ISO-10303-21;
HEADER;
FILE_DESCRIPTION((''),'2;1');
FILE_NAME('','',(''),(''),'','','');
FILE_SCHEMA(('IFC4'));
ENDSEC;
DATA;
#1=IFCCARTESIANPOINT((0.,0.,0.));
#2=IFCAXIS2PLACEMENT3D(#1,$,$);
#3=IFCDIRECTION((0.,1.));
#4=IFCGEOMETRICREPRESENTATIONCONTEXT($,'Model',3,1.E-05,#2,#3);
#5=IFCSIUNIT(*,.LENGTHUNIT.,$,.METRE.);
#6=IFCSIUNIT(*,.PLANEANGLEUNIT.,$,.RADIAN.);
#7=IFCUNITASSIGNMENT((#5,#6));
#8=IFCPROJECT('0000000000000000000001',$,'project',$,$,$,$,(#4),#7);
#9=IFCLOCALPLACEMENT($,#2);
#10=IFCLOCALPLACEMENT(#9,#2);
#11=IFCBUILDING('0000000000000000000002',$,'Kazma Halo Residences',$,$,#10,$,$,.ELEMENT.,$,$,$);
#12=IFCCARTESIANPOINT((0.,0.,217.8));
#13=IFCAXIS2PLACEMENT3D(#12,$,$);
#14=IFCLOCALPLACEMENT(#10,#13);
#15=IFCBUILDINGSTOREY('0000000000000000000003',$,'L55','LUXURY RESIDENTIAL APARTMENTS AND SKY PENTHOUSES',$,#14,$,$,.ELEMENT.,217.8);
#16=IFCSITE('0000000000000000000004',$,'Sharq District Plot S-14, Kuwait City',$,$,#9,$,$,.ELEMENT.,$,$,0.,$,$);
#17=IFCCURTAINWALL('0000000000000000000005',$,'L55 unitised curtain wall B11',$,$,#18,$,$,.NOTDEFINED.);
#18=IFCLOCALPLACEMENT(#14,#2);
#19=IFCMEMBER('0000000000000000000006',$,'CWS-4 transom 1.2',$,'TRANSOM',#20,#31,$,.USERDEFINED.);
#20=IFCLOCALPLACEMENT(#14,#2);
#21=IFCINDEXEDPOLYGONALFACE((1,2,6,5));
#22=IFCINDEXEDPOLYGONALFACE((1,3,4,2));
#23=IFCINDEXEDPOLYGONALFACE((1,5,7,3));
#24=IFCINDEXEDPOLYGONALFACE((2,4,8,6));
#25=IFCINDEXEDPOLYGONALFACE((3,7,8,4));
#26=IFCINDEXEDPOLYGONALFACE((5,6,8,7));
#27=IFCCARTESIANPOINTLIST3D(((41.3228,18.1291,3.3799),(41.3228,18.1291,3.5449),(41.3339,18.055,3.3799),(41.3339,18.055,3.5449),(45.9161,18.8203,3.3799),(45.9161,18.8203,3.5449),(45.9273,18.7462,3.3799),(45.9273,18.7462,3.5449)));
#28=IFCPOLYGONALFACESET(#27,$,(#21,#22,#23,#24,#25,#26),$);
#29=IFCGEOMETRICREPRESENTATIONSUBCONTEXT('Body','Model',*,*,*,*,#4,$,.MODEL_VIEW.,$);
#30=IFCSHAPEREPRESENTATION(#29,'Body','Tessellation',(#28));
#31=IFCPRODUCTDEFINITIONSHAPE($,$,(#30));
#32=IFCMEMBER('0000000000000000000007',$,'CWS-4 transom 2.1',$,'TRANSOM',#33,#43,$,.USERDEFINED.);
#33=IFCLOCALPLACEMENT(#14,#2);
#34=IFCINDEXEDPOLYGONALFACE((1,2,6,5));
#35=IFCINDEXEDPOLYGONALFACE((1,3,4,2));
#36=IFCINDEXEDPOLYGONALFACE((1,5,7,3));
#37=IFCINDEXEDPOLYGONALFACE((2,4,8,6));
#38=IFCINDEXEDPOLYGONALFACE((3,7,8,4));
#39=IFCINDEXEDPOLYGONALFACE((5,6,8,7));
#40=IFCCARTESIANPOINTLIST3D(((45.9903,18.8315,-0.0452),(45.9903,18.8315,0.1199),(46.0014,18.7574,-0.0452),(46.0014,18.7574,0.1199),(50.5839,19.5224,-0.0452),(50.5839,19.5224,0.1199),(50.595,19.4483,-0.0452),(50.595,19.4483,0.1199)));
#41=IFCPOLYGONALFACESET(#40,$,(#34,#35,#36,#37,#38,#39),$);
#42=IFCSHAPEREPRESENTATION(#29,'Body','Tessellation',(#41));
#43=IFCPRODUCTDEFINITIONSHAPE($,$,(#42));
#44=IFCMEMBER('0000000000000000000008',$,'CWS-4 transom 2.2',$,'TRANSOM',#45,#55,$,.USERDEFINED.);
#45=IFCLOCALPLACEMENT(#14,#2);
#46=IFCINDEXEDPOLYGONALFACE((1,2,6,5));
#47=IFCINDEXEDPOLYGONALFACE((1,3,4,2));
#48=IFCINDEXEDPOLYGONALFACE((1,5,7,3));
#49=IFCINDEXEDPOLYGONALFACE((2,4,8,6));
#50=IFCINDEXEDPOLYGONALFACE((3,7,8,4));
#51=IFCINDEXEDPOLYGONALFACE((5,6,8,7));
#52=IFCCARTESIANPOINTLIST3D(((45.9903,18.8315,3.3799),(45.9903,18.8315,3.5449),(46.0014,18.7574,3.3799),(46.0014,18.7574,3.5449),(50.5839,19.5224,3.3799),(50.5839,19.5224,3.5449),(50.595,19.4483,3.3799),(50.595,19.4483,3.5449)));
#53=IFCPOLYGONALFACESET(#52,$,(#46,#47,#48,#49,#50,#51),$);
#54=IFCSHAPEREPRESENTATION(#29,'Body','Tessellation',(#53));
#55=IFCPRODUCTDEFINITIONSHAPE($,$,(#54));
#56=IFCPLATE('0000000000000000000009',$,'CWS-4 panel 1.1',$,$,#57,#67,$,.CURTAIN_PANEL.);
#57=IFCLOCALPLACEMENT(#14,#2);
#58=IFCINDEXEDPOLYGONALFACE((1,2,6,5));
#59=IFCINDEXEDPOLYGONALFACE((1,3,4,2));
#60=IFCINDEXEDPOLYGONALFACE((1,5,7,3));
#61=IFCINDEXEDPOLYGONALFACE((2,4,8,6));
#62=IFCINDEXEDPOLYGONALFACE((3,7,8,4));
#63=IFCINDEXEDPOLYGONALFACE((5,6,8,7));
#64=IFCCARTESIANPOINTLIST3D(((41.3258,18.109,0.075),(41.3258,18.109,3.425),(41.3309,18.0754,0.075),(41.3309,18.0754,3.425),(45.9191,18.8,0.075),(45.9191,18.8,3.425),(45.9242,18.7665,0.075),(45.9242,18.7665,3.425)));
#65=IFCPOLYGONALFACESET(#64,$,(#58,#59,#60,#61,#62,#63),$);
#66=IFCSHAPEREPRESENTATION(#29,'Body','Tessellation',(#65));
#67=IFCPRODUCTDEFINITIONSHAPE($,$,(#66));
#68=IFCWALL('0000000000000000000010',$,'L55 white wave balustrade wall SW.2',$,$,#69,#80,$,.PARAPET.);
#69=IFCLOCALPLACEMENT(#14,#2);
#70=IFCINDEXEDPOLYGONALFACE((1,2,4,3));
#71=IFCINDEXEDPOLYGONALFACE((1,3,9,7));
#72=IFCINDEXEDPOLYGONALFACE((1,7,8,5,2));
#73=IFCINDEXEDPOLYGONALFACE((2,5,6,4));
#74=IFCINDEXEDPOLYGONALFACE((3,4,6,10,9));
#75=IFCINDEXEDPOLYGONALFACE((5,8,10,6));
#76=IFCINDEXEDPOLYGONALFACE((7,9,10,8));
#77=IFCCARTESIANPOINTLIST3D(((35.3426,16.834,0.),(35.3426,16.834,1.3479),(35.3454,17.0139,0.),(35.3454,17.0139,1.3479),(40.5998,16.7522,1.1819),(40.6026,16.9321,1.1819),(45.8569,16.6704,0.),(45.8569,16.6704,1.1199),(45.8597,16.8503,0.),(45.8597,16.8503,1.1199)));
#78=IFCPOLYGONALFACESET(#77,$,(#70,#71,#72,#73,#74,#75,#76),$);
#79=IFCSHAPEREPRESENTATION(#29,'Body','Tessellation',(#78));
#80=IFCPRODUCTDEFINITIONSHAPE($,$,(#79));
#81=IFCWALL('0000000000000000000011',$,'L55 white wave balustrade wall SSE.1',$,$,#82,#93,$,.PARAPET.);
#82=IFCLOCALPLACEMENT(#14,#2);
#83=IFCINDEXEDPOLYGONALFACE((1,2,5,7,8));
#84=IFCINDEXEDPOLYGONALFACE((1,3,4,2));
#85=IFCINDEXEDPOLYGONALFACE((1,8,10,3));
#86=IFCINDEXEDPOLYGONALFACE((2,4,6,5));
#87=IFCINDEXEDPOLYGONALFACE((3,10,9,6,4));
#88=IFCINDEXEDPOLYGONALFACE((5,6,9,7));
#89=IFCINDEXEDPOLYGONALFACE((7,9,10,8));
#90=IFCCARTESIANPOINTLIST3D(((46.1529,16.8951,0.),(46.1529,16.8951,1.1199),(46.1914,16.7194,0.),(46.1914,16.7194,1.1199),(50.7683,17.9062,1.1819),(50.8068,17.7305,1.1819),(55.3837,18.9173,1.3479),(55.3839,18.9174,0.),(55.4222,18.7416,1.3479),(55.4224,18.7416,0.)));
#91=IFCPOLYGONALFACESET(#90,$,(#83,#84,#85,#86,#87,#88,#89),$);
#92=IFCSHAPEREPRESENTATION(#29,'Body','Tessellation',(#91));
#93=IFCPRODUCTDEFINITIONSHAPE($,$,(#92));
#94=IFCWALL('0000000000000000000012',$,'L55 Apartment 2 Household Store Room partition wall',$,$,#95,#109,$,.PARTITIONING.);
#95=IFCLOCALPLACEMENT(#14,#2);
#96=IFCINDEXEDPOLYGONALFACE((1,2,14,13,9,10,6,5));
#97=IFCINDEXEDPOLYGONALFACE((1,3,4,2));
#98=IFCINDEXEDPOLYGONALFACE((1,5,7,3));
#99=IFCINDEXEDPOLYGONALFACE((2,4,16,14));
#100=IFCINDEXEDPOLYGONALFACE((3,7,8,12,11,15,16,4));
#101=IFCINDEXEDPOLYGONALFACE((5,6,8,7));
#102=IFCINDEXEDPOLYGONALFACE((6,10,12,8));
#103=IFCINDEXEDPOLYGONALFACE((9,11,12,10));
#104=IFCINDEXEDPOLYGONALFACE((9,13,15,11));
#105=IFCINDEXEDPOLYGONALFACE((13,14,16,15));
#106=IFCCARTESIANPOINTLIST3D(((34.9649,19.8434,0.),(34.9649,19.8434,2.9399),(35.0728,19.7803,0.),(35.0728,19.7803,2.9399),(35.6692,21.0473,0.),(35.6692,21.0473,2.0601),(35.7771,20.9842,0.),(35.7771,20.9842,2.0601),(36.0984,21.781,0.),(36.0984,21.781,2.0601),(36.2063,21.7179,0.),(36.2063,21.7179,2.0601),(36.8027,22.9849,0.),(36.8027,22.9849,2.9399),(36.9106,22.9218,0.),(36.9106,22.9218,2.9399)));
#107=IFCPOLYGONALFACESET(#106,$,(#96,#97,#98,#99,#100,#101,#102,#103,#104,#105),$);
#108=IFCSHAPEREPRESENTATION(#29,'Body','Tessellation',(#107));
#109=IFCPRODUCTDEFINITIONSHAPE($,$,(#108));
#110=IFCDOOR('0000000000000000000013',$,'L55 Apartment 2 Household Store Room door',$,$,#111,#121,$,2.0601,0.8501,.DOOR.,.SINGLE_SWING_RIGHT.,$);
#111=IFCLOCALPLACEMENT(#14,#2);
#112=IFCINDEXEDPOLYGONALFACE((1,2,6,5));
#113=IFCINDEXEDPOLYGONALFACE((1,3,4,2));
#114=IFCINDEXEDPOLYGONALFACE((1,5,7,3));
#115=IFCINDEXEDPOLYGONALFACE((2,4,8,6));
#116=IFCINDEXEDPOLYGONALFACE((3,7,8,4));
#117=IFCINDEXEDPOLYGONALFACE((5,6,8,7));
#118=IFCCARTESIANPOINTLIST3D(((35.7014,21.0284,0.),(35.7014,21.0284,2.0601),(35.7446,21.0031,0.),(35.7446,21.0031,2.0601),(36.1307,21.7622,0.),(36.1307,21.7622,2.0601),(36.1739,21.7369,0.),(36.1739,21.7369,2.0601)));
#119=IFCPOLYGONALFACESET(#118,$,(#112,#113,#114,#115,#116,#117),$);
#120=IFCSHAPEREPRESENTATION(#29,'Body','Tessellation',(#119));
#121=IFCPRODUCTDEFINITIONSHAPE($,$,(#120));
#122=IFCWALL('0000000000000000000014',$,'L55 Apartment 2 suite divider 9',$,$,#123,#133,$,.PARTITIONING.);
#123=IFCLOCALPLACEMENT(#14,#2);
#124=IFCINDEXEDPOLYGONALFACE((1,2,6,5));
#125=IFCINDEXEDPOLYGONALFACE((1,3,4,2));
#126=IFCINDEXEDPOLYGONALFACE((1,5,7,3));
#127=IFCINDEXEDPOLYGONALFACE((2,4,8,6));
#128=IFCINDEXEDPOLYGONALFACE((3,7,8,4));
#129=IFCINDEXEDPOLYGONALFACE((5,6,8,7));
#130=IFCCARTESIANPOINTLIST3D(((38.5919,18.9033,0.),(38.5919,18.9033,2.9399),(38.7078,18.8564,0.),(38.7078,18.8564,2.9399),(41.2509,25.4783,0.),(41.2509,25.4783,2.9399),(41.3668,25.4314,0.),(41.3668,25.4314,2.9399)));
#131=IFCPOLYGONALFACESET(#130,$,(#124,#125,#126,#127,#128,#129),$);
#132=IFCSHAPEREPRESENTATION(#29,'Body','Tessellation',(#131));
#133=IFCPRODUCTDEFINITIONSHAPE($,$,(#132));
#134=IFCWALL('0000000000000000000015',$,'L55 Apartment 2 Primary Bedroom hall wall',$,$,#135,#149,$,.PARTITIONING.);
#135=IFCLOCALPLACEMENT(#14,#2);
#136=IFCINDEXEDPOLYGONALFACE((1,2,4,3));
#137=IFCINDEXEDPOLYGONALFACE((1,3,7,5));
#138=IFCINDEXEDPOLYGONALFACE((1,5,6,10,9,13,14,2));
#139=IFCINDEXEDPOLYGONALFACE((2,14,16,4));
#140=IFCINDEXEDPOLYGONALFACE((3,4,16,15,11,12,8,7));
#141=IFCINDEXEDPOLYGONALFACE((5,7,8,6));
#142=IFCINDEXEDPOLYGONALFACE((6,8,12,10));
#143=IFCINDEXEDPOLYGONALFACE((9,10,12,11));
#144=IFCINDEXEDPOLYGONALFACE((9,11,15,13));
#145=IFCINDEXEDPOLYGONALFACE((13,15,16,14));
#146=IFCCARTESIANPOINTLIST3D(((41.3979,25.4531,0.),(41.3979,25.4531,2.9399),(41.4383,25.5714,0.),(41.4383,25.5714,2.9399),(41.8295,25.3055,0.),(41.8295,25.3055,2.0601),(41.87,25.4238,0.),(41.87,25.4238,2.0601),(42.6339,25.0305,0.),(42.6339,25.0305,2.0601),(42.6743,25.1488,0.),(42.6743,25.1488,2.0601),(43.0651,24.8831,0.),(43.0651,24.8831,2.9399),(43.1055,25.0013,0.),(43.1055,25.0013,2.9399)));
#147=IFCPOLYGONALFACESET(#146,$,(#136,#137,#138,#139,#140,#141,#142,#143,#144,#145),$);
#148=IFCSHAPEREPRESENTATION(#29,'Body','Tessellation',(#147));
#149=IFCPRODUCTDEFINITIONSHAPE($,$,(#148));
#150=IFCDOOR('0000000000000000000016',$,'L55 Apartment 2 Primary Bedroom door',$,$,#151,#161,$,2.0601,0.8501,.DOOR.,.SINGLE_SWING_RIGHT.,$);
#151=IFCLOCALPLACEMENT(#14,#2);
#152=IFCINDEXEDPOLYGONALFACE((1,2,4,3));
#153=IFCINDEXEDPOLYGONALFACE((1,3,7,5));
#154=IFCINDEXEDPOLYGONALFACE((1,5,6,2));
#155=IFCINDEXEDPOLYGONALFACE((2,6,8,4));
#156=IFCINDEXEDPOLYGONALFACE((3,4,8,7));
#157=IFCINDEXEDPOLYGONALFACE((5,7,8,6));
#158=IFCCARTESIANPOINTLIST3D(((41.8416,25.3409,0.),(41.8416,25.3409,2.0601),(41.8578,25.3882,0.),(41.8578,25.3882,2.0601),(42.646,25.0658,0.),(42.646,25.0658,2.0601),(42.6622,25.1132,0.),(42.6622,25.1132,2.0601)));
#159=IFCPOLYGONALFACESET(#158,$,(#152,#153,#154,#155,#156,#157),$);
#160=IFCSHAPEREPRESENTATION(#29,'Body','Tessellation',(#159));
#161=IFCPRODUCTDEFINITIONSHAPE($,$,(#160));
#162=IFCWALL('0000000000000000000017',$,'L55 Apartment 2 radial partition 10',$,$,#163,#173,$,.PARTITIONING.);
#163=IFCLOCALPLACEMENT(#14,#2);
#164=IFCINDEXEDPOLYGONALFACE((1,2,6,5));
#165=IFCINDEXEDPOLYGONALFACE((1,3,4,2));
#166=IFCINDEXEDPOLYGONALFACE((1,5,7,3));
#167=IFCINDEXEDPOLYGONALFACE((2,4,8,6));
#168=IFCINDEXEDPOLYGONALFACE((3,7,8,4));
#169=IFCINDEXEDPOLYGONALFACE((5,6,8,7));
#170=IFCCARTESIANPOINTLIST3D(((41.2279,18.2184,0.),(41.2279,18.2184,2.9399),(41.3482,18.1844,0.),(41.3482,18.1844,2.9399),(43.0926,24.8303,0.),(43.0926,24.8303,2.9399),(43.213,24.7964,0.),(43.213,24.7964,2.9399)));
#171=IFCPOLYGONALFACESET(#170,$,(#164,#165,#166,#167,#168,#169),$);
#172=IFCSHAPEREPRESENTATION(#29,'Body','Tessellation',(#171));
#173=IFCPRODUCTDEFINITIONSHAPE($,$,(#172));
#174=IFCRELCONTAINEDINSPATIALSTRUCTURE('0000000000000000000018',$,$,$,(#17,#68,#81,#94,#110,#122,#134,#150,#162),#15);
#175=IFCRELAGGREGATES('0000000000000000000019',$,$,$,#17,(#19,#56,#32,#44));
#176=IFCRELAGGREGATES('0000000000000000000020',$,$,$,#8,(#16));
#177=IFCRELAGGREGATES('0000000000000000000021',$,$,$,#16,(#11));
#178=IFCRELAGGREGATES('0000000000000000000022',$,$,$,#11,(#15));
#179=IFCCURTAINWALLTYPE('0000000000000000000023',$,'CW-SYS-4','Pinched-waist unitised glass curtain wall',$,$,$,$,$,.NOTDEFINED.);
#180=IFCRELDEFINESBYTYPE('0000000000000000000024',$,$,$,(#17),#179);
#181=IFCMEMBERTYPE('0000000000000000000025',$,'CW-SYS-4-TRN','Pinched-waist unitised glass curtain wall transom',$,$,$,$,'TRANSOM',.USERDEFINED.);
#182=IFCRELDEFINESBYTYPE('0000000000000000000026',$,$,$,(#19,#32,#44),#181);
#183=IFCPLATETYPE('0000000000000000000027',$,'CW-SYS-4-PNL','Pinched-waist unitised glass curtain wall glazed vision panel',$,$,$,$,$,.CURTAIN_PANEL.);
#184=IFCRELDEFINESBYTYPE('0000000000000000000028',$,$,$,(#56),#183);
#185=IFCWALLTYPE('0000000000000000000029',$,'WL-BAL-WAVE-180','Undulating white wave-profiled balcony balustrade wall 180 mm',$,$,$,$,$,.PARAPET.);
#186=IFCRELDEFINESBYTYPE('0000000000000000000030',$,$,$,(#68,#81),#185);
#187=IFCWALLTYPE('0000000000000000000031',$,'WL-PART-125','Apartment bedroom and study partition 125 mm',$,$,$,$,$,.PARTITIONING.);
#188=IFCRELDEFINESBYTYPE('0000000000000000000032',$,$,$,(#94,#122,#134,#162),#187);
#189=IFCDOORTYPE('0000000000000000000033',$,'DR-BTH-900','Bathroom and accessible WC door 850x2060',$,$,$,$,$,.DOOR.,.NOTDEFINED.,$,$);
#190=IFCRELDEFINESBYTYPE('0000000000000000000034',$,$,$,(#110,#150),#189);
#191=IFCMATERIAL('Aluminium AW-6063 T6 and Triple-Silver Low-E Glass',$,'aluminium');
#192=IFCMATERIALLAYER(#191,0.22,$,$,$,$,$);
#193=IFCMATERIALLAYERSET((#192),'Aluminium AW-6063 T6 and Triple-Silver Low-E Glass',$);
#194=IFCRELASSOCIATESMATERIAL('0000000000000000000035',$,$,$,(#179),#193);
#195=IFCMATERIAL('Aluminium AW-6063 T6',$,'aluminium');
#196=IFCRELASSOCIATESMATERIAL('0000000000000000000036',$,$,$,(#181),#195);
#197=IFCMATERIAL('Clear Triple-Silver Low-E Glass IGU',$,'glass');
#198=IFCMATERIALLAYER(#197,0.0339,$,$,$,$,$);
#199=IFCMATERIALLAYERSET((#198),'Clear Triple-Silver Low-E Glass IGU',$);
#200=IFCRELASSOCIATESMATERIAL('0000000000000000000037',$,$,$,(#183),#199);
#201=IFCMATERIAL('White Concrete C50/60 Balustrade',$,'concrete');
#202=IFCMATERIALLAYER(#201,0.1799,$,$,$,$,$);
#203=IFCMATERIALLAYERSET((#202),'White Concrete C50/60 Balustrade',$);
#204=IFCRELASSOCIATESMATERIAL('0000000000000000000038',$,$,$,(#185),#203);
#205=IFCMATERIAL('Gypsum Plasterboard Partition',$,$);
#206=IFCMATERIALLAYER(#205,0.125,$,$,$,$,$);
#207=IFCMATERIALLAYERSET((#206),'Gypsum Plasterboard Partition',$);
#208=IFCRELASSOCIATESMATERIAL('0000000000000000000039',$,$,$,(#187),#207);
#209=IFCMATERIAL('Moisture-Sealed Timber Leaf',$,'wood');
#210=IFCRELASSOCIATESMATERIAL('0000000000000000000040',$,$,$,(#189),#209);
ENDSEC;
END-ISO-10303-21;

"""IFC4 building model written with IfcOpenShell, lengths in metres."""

from ifc_helpers import new_model, si_unit, direction, frame, frame_2d, origin, origin_2d, place, context, subcontext, project, spatial, polyline, rectangle, outline, extrude, material, layer, layer_set, material_profile, profile_set, type_object, element, fill, aggregate, save


model = new_model("IFC4")

# Units and contexts
model_context = context("Model", 3, precision=1e-05, world=origin(), true_north=direction((0.0, 1.0)))
body_context = subcontext(model_context, "Body", "Model", "MODEL_VIEW")
ifc_project = project(units=[si_unit("LENGTHUNIT", "METRE"), si_unit("PLANEANGLEUNIT", "RADIAN")], contexts=[model_context])

# Site, building, storey
site_placement = place(None, origin())
site = spatial("IfcSite", under=ifc_project, at=site_placement, Name="Sharq District Plot S-14, Kuwait City", CompositionType="ELEMENT", RefElevation=0.0)
building_placement = place(site_placement, origin())
building = spatial("IfcBuilding", under=site, at=building_placement, Name="Kazma Halo Residences", CompositionType="ELEMENT")
storey_placement = place(building_placement, frame((0.0, 0.0, 217.8)))
storey = spatial("IfcBuildingStorey", under=building, at=storey_placement, Name="L55", Description="LUXURY RESIDENTIAL APARTMENTS AND SKY PENTHOUSES", CompositionType="ELEMENT", Elevation=217.8)

# Curtain wall, members, plate
ifc_material_1 = material(Name="Aluminium AW-6063 T6 and Triple-Silver Low-E Glass", Category="aluminium")
ifc_layer_1 = layer(ifc_material_1, 0.22)
ifc_layer_set_1 = layer_set([ifc_layer_1], Name="Aluminium AW-6063 T6 and Triple-Silver Low-E Glass")
curtain_wall_type = type_object("IfcCurtainWallType", Name="CW-SYS-4", Description="Pinched-waist unitised glass curtain wall", PredefinedType="NOTDEFINED", material=ifc_layer_set_1)
curtain_wall_placement = place(storey_placement, origin())
curtain_wall = element("IfcCurtainWall", 1, at=curtain_wall_placement, inside=storey, type_object=curtain_wall_type, Name="L55 unitised curtain wall B11", PredefinedType="NOTDEFINED")
ifc_material_2 = material(Name="Aluminium AW-6063 T6", Category="aluminium")
ifc_material_profile_1 = material_profile(ifc_material_2, rectangle(XDim=0.075, YDim=0.165, at=origin_2d()), Name="CWT-75x165")
ifc_profile_set_1 = profile_set([ifc_material_profile_1], Name="Aluminium AW-6063 T6")
member_type_1 = type_object("IfcMemberType", Name="CW-SYS-4-TRN", Description="Pinched-waist unitised glass curtain wall transom", ElementType="TRANSOM", PredefinedType="USERDEFINED", material=ifc_profile_set_1)
member_1_placement = place(storey_placement, frame((41.3284, 18.092, 3.4624), z_axis=(0.988868, 0.148798, 0.0), x_axis=(-0.148798, 0.988868, 0.0)))
member_1 = element("IfcMember", 2, at=member_1_placement, type_object=member_type_1, Name="CWS-4 transom 1.2", ObjectType="TRANSOM", PredefinedType="USERDEFINED", context=body_context, shape_type="SweptSolid", body=[
    extrude(rectangle(XDim=0.075, YDim=0.165, at=origin_2d()), origin(), (0.0, 0.0, 1.0), 4.645),
])
member_2_placement = place(storey_placement, frame((45.9958, 18.7944, 0.0374), z_axis=(0.988877, 0.148739, 0.0), x_axis=(-0.148739, 0.988877, 0.0)))
member_2 = element("IfcMember", 3, at=member_2_placement, type_object=member_type_1, Name="CWS-4 transom 2.1", ObjectType="TRANSOM", PredefinedType="USERDEFINED", context=body_context, shape_type="SweptSolid", body=[
    extrude(rectangle(XDim=0.075, YDim=0.165, at=origin_2d()), origin(), (0.0, 0.0, 1.0), 4.6453),
])
member_3_placement = place(storey_placement, frame((45.9958, 18.7944, 3.4624), z_axis=(0.988877, 0.148739, 0.0), x_axis=(-0.148739, 0.988877, 0.0)))
member_3 = element("IfcMember", 4, at=member_3_placement, type_object=member_type_1, Name="CWS-4 transom 2.2", ObjectType="TRANSOM", PredefinedType="USERDEFINED", context=body_context, shape_type="SweptSolid", body=[
    extrude(rectangle(XDim=0.075, YDim=0.165, at=origin_2d()), origin(), (0.0, 0.0, 1.0), 4.6453),
])
ifc_material_3 = material(Name="Clear Triple-Silver Low-E Glass IGU", Category="glass")
ifc_layer_2 = layer(ifc_material_3, 0.0339)
ifc_layer_set_2 = layer_set([ifc_layer_2], Name="Clear Triple-Silver Low-E Glass IGU")
plate_type = type_object("IfcPlateType", Name="CW-SYS-4-PNL", Description="Pinched-waist unitised glass curtain wall glazed vision panel", PredefinedType="CURTAIN_PANEL", material=ifc_layer_set_2)
plate_placement = place(storey_placement, frame((43.625, 18.4377, 0.075), z_axis=(0.0, 0.0, 1.0), x_axis=(0.988871, 0.148773, 0.0)))
plate = element("IfcPlate", 5, at=plate_placement, type_object=plate_type, Name="CWS-4 panel 1.1", PredefinedType="CURTAIN_PANEL", context=body_context, shape_type="SweptSolid", body=[
    extrude(rectangle(XDim=4.645, YDim=0.0339, at=origin_2d()), origin(), (0.0, 0.0, 1.0), 3.3501),
])
aggregate(curtain_wall, [member_1, plate, member_2, member_3])

# Walls
ifc_material_4 = material(Name="White Concrete C50/60 Balustrade", Category="concrete")
ifc_layer_3 = layer(ifc_material_4, 0.1799)
ifc_layer_set_3 = layer_set([ifc_layer_3], Name="White Concrete C50/60 Balustrade")
wall_type_1 = type_object("IfcWallType", Name="WL-BAL-WAVE-180", Description="Undulating white wave-profiled balcony balustrade wall 180 mm", PredefinedType="PARAPET", material=ifc_layer_set_3)
wall_1_placement = place(storey_placement, frame((35.344, 16.9241, 0.0), z_axis=(0.0, 0.0, 1.0), x_axis=(0.999879, -0.015555, 0.0)))
element("IfcWall", 6, at=wall_1_placement, inside=storey, type_object=wall_type_1, Name="L55 white wave balustrade wall SW.2", PredefinedType="PARAPET", context=body_context, shape_type="SweptSolid", body=[
    extrude(outline(polyline([(0.0, 0.0), (10.5156, 0.0), (10.5156, 1.1199), (5.2578, 1.1819), (0.0, 1.3479), (0.0, 0.0)])), frame((0.0, 0.0898, 0.0), z_axis=(0.0, -1.0, 0.0), x_axis=(1.0, 0.0, 0.0)), (0.0, 0.0, 1.0), 0.1799),
])
wall_2_placement = place(storey_placement, frame((46.1721, 16.8074, 0.0), z_axis=(0.0, 0.0, 1.0), x_axis=(0.976835, 0.213994, 0.0)))
element("IfcWall", 7, at=wall_2_placement, inside=storey, type_object=wall_type_1, Name="L55 white wave balustrade wall SSE.1", PredefinedType="PARAPET", context=body_context, shape_type="SweptSolid", body=[
    extrude(outline(polyline([(0.0, 0.0), (9.45, 0.0), (9.4497, 1.3479), (4.7249, 1.1819), (0.0, 1.1199), (0.0, 0.0)])), frame((0.0, 0.0898, 0.0), z_axis=(0.0, -1.0, 0.0), x_axis=(1.0, 0.0, 0.0)), (0.0, 0.0, 1.0), 0.1799),
])

# Wall, opening, door
ifc_material_5 = material(Name="Gypsum Plasterboard Partition")
ifc_layer_4 = layer(ifc_material_5, 0.125)
ifc_layer_set_4 = layer_set([ifc_layer_4], Name="Gypsum Plasterboard Partition")
wall_type_2 = type_object("IfcWallType", Name="WL-PART-125", Description="Apartment bedroom and study partition 125 mm", PredefinedType="PARTITIONING", material=ifc_layer_set_4)
wall_3_placement = place(storey_placement, frame((36.8567, 22.9534, 0.0), z_axis=(0.0, 0.0, 1.0), x_axis=(-0.504955, -0.863146, 0.0)))
wall_3 = element("IfcWall", 8, at=wall_3_placement, inside=storey, type_object=wall_type_2, Name="L55 Apartment 2 Household Store Room partition wall", PredefinedType="PARTITIONING", context=body_context, shape_type="SweptSolid", body=[
    extrude(rectangle(XDim=3.6396, YDim=0.125, at=frame_2d((1.8198, 0.0))), origin(), (0.0, 0.0, 1.0), 2.9399),
])
opening_1_placement = place(wall_3_placement, frame((1.3948, 0.0, 0.0)))
opening_1 = element("IfcOpeningElement", 9, at=opening_1_placement, cuts=wall_3, PredefinedType="OPENING", context=body_context, shape_type="SweptSolid", body=[
    extrude(rectangle(XDim=0.8501, YDim=2.0601, at=frame_2d((0.425, 1.03))), frame((0.0, 0.0725, 0.0), z_axis=(0.0, -1.0, 0.0), x_axis=(1.0, 0.0, 0.0)), (0.0, 0.0, 1.0), 0.145),
])
ifc_material_6 = material(Name="Moisture-Sealed Timber Leaf", Category="wood")
door_type_1 = type_object("IfcDoorType", Name="DR-BTH-900", Description="Bathroom and accessible WC door 850x2060", OperationType="NOTDEFINED", PredefinedType="DOOR", material=ifc_material_6)
door_1_placement = place(opening_1_placement, origin())
door_1 = element("IfcDoor", 10, at=door_1_placement, inside=storey, type_object=door_type_1, Name="L55 Apartment 2 Household Store Room door", OperationType="SINGLE_SWING_RIGHT", OverallHeight=2.0601, OverallWidth=0.8501, PredefinedType="DOOR", context=body_context, shape_type="SweptSolid", body=[
    extrude(rectangle(XDim=0.8501, YDim=2.0601, at=frame_2d((0.425, 1.03))), frame((0.0, 0.0249, 0.0), z_axis=(0.0, -1.0, 0.0), x_axis=(1.0, 0.0, 0.0)), (0.0, 0.0, 1.0), 0.05),
])
fill(opening_1, door_1)

# Wall
wall_4_placement = place(storey_placement, frame((41.3088, 25.4548, 0.0), z_axis=(0.0, 0.0, 1.0), x_axis=(-0.374908, -0.927062, 0.0)))
element("IfcWall", 11, at=wall_4_placement, inside=storey, type_object=wall_type_2, Name="L55 Apartment 2 suite divider 9", PredefinedType="PARTITIONING", context=body_context, shape_type="SweptSolid", body=[
    extrude(rectangle(XDim=7.0923, YDim=0.125, at=frame_2d((3.5461, 0.0))), origin(), (0.0, 0.0, 1.0), 2.9399),
])

# Wall, opening, door
wall_5_placement = place(storey_placement, frame((41.4182, 25.5122, 0.0), z_axis=(0.0, 0.0, 1.0), x_axis=(0.946216, -0.323534, 0.0)))
wall_5 = element("IfcWall", 12, at=wall_5_placement, inside=storey, type_object=wall_type_2, Name="L55 Apartment 2 Primary Bedroom hall wall", PredefinedType="PARTITIONING", context=body_context, shape_type="SweptSolid", body=[
    extrude(rectangle(XDim=1.762, YDim=0.125, at=frame_2d((0.8809, 0.0))), origin(), (0.0, 0.0, 1.0), 2.9399),
])
opening_2_placement = place(wall_5_placement, frame((0.4561, 0.0, 0.0)))
opening_2 = element("IfcOpeningElement", 13, at=opening_2_placement, cuts=wall_5, PredefinedType="OPENING", context=body_context, shape_type="SweptSolid", body=[
    extrude(rectangle(XDim=0.8501, YDim=2.0601, at=frame_2d((0.425, 1.03))), frame((0.0, 0.0725, 0.0), z_axis=(0.0, -1.0, 0.0), x_axis=(1.0, 0.0, 0.0)), (0.0, 0.0, 1.0), 0.145),
])
door_2_placement = place(opening_2_placement, origin())
door_2 = element("IfcDoor", 14, at=door_2_placement, inside=storey, type_object=door_type_1, Name="L55 Apartment 2 Primary Bedroom door", OperationType="SINGLE_SWING_RIGHT", OverallHeight=2.0601, OverallWidth=0.8501, PredefinedType="DOOR", context=body_context, shape_type="SweptSolid", body=[
    extrude(rectangle(XDim=0.8501, YDim=2.0601, at=frame_2d((0.425, 1.03))), frame((0.0, 0.0249, 0.0), z_axis=(0.0, -1.0, 0.0), x_axis=(1.0, 0.0, 0.0)), (0.0, 0.0, 1.0), 0.05),
])
fill(opening_2, door_2)

# Wall
wall_6_placement = place(storey_placement, frame((43.1528, 24.8135, 0.0), z_axis=(0.0, 0.0, 1.0), x_axis=(-0.271434, -0.962457, 0.0)))
element("IfcWall", 15, at=wall_6_placement, inside=storey, type_object=wall_type_2, Name="L55 Apartment 2 radial partition 10", PredefinedType="PARTITIONING", context=body_context, shape_type="SweptSolid", body=[
    extrude(rectangle(XDim=6.8699, YDim=0.125, at=frame_2d((3.4351, 0.0))), origin(), (0.0, 0.0, 1.0), 2.9399),
])

save(model, "model.ifc")
